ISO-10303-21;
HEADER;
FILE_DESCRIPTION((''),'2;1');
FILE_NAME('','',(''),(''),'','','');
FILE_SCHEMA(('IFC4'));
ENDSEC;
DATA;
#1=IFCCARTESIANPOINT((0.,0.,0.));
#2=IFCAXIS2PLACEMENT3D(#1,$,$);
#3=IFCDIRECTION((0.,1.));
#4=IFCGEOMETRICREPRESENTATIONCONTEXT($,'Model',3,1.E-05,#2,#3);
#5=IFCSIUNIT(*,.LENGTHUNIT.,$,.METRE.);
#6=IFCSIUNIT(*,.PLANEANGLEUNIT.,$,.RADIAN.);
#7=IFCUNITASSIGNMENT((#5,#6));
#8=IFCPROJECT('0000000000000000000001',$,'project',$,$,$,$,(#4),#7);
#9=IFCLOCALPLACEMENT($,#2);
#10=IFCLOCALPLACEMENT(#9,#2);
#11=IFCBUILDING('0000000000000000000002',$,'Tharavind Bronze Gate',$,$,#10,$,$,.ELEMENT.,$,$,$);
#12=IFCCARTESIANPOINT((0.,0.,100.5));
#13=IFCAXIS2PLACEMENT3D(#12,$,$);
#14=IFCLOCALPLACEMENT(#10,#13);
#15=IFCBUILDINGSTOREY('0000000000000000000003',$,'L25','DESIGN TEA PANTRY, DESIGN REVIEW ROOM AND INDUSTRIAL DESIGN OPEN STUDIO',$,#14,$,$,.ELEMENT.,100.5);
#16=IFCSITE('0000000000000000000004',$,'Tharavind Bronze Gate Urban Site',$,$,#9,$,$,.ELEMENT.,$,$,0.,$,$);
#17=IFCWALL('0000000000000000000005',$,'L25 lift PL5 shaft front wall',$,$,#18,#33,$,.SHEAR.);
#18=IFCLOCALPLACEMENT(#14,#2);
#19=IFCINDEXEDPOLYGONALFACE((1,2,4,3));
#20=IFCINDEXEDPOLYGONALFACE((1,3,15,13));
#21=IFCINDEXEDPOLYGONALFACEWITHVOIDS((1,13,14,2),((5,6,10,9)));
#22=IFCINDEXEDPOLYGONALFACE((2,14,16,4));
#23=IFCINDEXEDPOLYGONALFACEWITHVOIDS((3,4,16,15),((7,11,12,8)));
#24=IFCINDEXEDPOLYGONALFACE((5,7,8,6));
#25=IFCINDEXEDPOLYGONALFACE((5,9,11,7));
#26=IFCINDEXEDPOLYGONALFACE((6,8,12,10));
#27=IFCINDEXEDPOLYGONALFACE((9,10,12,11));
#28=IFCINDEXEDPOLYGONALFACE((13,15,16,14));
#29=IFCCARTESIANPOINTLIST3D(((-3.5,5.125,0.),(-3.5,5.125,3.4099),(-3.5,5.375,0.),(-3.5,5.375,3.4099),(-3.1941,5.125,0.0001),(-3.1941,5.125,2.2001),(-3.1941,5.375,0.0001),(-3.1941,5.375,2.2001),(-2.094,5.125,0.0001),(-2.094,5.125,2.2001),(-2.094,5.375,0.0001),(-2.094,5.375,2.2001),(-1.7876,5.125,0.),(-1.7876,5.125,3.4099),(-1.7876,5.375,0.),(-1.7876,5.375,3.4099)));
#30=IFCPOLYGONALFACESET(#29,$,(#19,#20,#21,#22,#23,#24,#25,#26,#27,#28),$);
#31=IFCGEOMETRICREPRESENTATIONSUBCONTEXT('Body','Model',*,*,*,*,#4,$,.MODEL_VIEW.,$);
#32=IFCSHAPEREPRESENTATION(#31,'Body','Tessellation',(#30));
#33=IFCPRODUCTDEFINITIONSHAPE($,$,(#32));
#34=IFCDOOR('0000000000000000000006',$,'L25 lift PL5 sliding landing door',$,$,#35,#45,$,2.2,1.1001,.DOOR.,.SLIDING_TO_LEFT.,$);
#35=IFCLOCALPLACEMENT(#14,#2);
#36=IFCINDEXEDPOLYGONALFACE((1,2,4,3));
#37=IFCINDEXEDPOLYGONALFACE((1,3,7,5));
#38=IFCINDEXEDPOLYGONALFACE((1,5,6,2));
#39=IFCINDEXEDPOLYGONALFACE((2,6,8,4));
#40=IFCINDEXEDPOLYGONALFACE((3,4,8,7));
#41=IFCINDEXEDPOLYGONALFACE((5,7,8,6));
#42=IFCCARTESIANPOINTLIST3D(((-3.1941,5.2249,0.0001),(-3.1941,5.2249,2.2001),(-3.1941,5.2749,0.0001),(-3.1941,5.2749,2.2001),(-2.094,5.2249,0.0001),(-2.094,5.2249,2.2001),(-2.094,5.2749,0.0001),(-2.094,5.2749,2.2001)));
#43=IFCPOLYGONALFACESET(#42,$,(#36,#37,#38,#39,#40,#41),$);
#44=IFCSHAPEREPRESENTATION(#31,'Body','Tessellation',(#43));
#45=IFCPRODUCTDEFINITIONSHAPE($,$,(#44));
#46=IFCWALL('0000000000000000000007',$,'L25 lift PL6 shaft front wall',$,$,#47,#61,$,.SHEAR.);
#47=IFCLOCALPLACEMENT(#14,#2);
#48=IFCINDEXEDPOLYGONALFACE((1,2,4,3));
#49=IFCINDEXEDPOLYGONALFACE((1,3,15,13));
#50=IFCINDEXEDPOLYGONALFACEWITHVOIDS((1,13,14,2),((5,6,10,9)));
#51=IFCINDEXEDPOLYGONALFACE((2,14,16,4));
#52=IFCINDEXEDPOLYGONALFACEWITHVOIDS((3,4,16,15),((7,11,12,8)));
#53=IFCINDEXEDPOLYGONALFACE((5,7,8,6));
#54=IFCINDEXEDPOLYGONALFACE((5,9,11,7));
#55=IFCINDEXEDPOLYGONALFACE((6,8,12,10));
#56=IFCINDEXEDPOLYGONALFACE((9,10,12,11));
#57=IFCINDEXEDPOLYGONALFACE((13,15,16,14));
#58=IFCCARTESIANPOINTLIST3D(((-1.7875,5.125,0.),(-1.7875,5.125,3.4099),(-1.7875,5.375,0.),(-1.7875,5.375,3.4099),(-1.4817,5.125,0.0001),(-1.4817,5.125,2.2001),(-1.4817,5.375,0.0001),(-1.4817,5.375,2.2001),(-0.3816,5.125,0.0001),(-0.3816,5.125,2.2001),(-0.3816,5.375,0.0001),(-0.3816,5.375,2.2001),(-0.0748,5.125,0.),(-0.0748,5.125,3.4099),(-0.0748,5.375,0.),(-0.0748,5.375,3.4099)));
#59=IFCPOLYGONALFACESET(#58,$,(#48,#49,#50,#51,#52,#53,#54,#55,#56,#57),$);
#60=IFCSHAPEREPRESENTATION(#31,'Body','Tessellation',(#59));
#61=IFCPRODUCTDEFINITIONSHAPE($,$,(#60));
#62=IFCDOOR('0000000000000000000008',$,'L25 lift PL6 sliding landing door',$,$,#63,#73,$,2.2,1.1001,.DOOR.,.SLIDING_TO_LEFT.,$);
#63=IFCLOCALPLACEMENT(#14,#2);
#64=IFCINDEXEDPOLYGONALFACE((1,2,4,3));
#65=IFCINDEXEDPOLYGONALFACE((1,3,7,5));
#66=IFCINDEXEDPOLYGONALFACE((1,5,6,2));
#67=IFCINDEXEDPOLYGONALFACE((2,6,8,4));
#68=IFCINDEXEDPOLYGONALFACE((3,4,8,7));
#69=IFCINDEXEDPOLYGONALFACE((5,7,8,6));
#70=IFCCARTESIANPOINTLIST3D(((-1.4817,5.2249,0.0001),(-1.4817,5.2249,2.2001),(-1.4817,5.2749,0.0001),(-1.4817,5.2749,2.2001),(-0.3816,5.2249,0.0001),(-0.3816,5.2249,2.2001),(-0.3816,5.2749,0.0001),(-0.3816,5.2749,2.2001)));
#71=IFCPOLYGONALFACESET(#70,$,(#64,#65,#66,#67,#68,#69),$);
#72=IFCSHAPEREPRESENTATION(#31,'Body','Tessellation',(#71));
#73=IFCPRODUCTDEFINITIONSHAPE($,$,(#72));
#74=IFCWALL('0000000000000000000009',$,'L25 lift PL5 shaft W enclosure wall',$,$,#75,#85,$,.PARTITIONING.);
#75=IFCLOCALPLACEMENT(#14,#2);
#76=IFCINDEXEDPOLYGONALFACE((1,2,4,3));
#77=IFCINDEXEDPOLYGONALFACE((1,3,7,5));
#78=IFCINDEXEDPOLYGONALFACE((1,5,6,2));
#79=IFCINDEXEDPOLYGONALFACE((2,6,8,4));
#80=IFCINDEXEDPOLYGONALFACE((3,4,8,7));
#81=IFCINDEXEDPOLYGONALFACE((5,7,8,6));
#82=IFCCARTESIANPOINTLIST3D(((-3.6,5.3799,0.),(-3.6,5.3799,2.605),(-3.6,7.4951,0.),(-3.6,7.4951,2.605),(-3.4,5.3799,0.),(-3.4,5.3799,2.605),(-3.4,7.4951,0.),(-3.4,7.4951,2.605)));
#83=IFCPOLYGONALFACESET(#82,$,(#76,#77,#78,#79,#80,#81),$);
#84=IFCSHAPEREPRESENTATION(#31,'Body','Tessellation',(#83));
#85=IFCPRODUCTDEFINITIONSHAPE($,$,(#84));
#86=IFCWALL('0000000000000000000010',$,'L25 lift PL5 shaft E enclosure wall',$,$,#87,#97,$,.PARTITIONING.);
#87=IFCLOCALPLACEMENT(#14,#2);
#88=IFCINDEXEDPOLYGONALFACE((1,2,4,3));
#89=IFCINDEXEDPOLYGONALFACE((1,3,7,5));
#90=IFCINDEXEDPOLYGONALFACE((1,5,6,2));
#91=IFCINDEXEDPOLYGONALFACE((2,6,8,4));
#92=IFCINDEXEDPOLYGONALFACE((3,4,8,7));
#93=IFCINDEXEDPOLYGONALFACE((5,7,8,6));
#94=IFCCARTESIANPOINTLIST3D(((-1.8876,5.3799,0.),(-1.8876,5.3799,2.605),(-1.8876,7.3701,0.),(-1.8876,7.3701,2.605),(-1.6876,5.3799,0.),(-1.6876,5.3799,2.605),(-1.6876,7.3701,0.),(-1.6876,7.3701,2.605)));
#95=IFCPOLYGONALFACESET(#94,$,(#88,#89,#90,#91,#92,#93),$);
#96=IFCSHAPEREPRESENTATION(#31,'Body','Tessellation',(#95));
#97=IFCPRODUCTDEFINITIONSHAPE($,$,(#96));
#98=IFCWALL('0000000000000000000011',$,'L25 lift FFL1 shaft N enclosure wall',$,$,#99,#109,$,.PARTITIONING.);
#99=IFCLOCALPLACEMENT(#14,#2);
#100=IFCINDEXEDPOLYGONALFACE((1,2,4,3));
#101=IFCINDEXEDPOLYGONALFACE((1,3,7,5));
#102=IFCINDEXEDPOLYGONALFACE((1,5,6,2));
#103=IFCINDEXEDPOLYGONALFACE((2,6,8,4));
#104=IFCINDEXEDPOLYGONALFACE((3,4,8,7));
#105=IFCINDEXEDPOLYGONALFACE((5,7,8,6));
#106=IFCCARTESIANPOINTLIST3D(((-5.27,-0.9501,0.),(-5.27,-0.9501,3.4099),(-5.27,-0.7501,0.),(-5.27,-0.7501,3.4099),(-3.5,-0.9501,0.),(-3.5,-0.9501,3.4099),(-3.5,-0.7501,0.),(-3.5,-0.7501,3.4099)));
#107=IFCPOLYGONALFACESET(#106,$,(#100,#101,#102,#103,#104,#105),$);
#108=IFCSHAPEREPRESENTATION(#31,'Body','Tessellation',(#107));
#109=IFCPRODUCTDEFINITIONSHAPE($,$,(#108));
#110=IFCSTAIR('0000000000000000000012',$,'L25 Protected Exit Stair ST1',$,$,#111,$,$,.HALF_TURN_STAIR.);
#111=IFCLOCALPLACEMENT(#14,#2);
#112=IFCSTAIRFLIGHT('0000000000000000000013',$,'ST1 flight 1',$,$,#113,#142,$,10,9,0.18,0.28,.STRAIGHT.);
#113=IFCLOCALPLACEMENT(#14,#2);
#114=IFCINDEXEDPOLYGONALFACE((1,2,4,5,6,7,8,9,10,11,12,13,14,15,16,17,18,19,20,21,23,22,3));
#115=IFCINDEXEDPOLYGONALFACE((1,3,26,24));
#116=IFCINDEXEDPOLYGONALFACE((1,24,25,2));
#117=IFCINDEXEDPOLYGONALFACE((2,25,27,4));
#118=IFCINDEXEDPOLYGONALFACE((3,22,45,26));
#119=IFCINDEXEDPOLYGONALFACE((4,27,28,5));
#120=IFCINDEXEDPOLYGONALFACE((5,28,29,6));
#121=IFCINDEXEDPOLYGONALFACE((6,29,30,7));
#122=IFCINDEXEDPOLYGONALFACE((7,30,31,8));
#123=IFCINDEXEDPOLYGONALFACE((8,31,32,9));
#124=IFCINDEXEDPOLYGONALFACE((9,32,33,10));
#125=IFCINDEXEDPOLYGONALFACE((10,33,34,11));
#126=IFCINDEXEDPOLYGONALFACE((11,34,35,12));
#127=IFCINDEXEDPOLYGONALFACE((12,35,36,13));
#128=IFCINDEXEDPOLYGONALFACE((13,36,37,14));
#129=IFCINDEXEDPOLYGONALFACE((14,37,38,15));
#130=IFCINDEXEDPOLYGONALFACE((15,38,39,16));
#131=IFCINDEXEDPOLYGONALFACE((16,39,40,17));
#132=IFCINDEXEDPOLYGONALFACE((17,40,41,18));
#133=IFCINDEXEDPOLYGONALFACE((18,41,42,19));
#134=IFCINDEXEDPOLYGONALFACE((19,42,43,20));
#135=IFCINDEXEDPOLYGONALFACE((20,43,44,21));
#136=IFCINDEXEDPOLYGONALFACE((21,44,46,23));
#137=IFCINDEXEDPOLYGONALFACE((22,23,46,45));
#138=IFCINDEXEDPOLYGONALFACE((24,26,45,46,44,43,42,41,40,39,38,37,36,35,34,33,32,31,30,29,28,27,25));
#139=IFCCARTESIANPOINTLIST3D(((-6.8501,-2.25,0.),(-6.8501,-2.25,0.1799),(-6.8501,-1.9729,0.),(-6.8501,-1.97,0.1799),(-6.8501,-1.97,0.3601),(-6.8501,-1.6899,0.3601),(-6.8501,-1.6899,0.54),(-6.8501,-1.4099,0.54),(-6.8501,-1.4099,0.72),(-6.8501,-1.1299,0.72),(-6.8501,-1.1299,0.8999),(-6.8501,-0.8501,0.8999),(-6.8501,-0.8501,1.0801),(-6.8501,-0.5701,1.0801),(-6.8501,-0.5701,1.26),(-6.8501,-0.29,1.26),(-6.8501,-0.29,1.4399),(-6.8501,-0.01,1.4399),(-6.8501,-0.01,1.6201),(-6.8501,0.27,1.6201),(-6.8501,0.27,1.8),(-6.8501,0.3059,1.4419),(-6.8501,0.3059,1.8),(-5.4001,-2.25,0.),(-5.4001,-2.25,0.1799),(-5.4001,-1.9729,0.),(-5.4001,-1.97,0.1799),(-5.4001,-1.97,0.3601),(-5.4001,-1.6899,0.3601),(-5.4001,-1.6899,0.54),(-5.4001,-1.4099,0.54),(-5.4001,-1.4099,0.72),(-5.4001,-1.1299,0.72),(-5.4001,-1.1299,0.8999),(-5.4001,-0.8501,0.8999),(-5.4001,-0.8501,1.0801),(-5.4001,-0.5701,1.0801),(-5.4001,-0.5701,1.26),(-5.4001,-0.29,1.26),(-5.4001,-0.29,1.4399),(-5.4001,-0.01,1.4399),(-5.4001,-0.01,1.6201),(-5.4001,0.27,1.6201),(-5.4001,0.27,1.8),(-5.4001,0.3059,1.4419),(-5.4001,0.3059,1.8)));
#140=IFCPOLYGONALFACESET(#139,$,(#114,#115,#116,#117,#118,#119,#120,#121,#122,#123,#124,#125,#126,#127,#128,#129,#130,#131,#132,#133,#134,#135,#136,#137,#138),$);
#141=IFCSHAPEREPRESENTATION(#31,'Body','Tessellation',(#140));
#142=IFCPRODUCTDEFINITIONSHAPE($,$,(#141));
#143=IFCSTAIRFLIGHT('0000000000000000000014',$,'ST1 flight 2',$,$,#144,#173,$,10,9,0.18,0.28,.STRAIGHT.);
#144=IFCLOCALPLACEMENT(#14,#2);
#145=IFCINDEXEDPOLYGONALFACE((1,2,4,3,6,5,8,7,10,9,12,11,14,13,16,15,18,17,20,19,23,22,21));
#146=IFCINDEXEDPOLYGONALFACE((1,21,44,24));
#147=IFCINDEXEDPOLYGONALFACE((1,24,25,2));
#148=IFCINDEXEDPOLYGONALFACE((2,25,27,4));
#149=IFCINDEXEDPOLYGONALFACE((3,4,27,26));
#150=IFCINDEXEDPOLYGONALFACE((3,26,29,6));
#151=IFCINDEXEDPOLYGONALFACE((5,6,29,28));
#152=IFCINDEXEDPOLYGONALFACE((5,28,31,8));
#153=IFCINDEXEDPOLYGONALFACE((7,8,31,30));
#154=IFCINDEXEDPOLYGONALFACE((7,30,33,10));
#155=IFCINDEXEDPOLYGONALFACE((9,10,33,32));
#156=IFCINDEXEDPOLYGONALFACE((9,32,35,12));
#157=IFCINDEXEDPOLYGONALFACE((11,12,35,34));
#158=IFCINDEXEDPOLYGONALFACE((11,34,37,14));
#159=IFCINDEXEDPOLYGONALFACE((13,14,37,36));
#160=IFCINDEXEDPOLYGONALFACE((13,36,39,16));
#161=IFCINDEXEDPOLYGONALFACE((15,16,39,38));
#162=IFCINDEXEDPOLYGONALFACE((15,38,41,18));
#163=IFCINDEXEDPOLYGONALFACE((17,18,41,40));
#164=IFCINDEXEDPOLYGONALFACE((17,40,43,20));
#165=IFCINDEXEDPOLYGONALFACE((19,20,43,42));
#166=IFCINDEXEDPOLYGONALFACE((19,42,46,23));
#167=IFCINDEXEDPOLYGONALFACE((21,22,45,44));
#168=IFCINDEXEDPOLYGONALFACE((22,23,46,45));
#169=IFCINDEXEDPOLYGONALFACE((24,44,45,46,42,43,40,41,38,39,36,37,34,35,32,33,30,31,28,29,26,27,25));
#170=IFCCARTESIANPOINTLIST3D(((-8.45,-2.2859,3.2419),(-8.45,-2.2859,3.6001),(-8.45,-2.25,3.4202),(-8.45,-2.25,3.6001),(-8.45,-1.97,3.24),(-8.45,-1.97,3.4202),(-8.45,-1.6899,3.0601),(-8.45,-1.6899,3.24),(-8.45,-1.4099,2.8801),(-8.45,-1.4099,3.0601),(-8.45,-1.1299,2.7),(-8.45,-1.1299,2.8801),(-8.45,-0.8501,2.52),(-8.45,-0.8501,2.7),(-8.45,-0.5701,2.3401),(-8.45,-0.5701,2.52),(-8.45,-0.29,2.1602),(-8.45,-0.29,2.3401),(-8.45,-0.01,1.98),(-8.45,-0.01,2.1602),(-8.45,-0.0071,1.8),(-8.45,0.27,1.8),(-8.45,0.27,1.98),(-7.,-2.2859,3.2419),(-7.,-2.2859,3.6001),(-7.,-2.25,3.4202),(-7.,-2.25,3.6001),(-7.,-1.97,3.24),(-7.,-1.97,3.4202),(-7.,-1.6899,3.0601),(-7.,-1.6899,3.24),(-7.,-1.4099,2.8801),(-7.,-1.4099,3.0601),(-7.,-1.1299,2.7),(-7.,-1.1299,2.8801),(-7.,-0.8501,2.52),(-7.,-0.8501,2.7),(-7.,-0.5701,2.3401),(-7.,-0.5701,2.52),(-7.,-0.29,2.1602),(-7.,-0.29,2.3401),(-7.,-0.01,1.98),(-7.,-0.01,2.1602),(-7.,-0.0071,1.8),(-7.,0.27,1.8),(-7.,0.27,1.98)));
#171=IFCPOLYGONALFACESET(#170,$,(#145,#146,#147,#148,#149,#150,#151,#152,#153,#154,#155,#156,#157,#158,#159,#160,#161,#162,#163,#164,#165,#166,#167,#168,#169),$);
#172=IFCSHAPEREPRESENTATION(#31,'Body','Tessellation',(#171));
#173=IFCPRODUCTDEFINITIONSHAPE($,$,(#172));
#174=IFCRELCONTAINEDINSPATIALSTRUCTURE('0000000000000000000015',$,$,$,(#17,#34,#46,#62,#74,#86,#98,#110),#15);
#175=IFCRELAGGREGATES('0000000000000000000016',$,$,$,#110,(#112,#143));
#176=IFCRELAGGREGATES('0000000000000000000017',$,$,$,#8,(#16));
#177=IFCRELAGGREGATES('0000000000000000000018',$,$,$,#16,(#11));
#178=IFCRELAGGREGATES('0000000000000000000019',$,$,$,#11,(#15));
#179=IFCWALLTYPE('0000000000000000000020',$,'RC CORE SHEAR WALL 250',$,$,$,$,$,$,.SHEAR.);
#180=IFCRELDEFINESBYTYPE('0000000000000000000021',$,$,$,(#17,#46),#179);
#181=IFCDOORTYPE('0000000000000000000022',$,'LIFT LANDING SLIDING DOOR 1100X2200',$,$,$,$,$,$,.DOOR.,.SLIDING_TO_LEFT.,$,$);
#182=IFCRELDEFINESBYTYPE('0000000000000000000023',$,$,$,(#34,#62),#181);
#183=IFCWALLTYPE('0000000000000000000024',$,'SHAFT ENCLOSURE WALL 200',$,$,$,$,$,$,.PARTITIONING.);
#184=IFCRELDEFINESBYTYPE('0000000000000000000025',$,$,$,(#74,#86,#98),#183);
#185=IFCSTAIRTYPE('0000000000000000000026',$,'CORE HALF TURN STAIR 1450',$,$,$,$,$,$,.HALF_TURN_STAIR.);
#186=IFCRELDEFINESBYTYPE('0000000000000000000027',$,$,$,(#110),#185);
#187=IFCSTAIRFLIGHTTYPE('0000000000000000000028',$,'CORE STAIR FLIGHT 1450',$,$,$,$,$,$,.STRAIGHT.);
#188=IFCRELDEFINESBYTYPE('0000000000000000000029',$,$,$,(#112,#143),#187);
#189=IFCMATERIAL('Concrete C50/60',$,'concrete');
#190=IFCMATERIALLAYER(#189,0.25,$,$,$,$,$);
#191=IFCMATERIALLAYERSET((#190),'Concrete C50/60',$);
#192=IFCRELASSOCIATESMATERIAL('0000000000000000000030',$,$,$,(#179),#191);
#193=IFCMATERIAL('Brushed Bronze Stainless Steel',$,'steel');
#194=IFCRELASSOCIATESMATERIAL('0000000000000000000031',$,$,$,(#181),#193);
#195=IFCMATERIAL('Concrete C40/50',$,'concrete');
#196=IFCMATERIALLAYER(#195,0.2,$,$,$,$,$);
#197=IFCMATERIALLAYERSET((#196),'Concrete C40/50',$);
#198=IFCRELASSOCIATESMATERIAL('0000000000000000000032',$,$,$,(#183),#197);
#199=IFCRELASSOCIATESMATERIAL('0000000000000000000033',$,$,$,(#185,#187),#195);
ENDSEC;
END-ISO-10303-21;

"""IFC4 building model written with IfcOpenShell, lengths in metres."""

from ifc_helpers import new_model, si_unit, direction, frame, frame_2d, origin, place, context, subcontext, project, spatial, polyline, rectangle, outline, extrude, material, layer, layer_set, type_object, element, fill, aggregate, save


model = new_model("IFC4")

# Units and contexts
model_context = context("Model", 3, precision=1e-05, world=origin(), true_north=direction((0.0, 1.0)))
body_context = subcontext(model_context, "Body", "Model", "MODEL_VIEW")
ifc_project = project(units=[si_unit("LENGTHUNIT", "METRE"), si_unit("PLANEANGLEUNIT", "RADIAN")], contexts=[model_context])

# Site, building, storey
site_placement = place(None, origin())
site = spatial("IfcSite", under=ifc_project, at=site_placement, Name="Tharavind Bronze Gate Urban Site", CompositionType="ELEMENT", RefElevation=0.0)
building_placement = place(site_placement, origin())
building = spatial("IfcBuilding", under=site, at=building_placement, Name="Tharavind Bronze Gate", CompositionType="ELEMENT")
storey_placement = place(building_placement, frame((0.0, 0.0, 100.5)))
storey = spatial("IfcBuildingStorey", under=building, at=storey_placement, Name="L25", Description="DESIGN TEA PANTRY, DESIGN REVIEW ROOM AND INDUSTRIAL DESIGN OPEN STUDIO", CompositionType="ELEMENT", Elevation=100.5)

# Walls, openings, doors
ifc_material_1 = material(Name="Concrete C50/60", Category="concrete")
ifc_layer_1 = layer(ifc_material_1, 0.25)
ifc_layer_set_1 = layer_set([ifc_layer_1], Name="Concrete C50/60")
wall_type_1 = type_object("IfcWallType", Name="RC CORE SHEAR WALL 250", PredefinedType="SHEAR", material=ifc_layer_set_1)
wall_1_placement = place(storey_placement, frame((-3.5, 5.25, 0.0), z_axis=(0.0, 0.0, 1.0), x_axis=(1.0, 0.0, 0.0)))
wall_1 = element("IfcWall", 1, at=wall_1_placement, inside=storey, type_object=wall_type_1, Name="L25 lift PL5 shaft front wall", PredefinedType="SHEAR", context=body_context, shape_type="SweptSolid", body=[
    extrude(rectangle(XDim=1.7124, YDim=0.25, at=frame_2d((0.8562, 0.0))), origin(), (0.0, 0.0, 1.0), 3.4099),
])
opening_1_placement = place(wall_1_placement, frame((0.3059, 0.0, 0.0)))
opening_1 = element("IfcOpeningElement", 2, at=opening_1_placement, cuts=wall_1, PredefinedType="OPENING", context=body_context, shape_type="SweptSolid", body=[
    extrude(rectangle(XDim=1.1001, YDim=2.2, at=frame_2d((0.55, 1.1001))), frame((0.0, 0.135, 0.0), z_axis=(0.0, -1.0, 0.0), x_axis=(1.0, 0.0, 0.0)), (0.0, 0.0, 1.0), 0.27),
])
ifc_material_2 = material(Name="Brushed Bronze Stainless Steel", Category="steel")
door_type_1 = type_object("IfcDoorType", Name="LIFT LANDING SLIDING DOOR 1100X2200", OperationType="SLIDING_TO_LEFT", PredefinedType="DOOR", material=ifc_material_2)
door_1_placement = place(opening_1_placement, origin())
door_1 = element("IfcDoor", 3, at=door_1_placement, inside=storey, type_object=door_type_1, Name="L25 lift PL5 sliding landing door", OperationType="SLIDING_TO_LEFT", OverallHeight=2.2, OverallWidth=1.1001, PredefinedType="DOOR", context=body_context, shape_type="SweptSolid", body=[
    extrude(rectangle(XDim=1.1001, YDim=2.2, at=frame_2d((0.55, 1.1001))), frame((0.0, 0.0249, 0.0), z_axis=(0.0, -1.0, 0.0), x_axis=(1.0, 0.0, 0.0)), (0.0, 0.0, 1.0), 0.05),
])
fill(opening_1, door_1)
wall_2_placement = place(storey_placement, frame((-1.7876, 5.25, 0.0), z_axis=(0.0, 0.0, 1.0), x_axis=(1.0, 0.0, 0.0)))
wall_2 = element("IfcWall", 4, at=wall_2_placement, inside=storey, type_object=wall_type_1, Name="L25 lift PL6 shaft front wall", PredefinedType="SHEAR", context=body_context, shape_type="SweptSolid", body=[
    extrude(rectangle(XDim=1.7126, YDim=0.25, at=frame_2d((0.8564, 0.0))), origin(), (0.0, 0.0, 1.0), 3.4099),
])
opening_2_placement = place(wall_2_placement, frame((0.3059, 0.0, 0.0)))
opening_2 = element("IfcOpeningElement", 5, at=opening_2_placement, cuts=wall_2, PredefinedType="OPENING", context=body_context, shape_type="SweptSolid", body=[
    extrude(rectangle(XDim=1.1001, YDim=2.2, at=frame_2d((0.55, 1.1001))), frame((0.0, 0.135, 0.0), z_axis=(0.0, -1.0, 0.0), x_axis=(1.0, 0.0, 0.0)), (0.0, 0.0, 1.0), 0.27),
])
door_2_placement = place(opening_2_placement, origin())
door_2 = element("IfcDoor", 6, at=door_2_placement, inside=storey, type_object=door_type_1, Name="L25 lift PL6 sliding landing door", OperationType="SLIDING_TO_LEFT", OverallHeight=2.2, OverallWidth=1.1001, PredefinedType="DOOR", context=body_context, shape_type="SweptSolid", body=[
    extrude(rectangle(XDim=1.1001, YDim=2.2, at=frame_2d((0.55, 1.1001))), frame((0.0, 0.0249, 0.0), z_axis=(0.0, -1.0, 0.0), x_axis=(1.0, 0.0, 0.0)), (0.0, 0.0, 1.0), 0.05),
])
fill(opening_2, door_2)

# Walls
ifc_material_3 = material(Name="Concrete C40/50", Category="concrete")
ifc_layer_2 = layer(ifc_material_3, 0.2)
ifc_layer_set_2 = layer_set([ifc_layer_2], Name="Concrete C40/50")
wall_type_2 = type_object("IfcWallType", Name="SHAFT ENCLOSURE WALL 200", PredefinedType="PARTITIONING", material=ifc_layer_set_2)
wall_3_placement = place(storey_placement, frame((-3.5, 5.3799, 0.0), z_axis=(0.0, 0.0, 1.0), x_axis=(0.0, 1.0, 0.0)))
element("IfcWall", 7, at=wall_3_placement, inside=storey, type_object=wall_type_2, Name="L25 lift PL5 shaft W enclosure wall", PredefinedType="PARTITIONING", context=body_context, shape_type="SweptSolid", body=[
    extrude(rectangle(XDim=2.1152, YDim=0.2, at=frame_2d((1.0576, 0.0))), origin(), (0.0, 0.0, 1.0), 2.605),
])
wall_4_placement = place(storey_placement, frame((-1.7876, 5.3799, 0.0), z_axis=(0.0, 0.0, 1.0), x_axis=(0.0, 1.0, 0.0)))
element("IfcWall", 8, at=wall_4_placement, inside=storey, type_object=wall_type_2, Name="L25 lift PL5 shaft E enclosure wall", PredefinedType="PARTITIONING", context=body_context, shape_type="SweptSolid", body=[
    extrude(rectangle(XDim=1.9902, YDim=0.2, at=frame_2d((0.9951, 0.0))), origin(), (0.0, 0.0, 1.0), 2.605),
])
wall_5_placement = place(storey_placement, frame((-5.27, -0.8501, 0.0), z_axis=(0.0, 0.0, 1.0), x_axis=(1.0, 0.0, 0.0)))
element("IfcWall", 9, at=wall_5_placement, inside=storey, type_object=wall_type_2, Name="L25 lift FFL1 shaft N enclosure wall", PredefinedType="PARTITIONING", context=body_context, shape_type="SweptSolid", body=[
    extrude(rectangle(XDim=1.77, YDim=0.2, at=frame_2d((0.885, 0.0))), origin(), (0.0, 0.0, 1.0), 3.4099),
])

# Stair, stair flights
stair_type = type_object("IfcStairType", Name="CORE HALF TURN STAIR 1450", PredefinedType="HALF_TURN_STAIR", material=ifc_material_3)
stair_placement = place(storey_placement, origin())
stair = element("IfcStair", 10, at=stair_placement, inside=storey, type_object=stair_type, Name="L25 Protected Exit Stair ST1", PredefinedType="HALF_TURN_STAIR")
stair_flight_type = type_object("IfcStairFlightType", Name="CORE STAIR FLIGHT 1450", PredefinedType="STRAIGHT", material=ifc_material_3)
stair_flight_1_placement = place(storey_placement, frame((-6.125, -2.25, 0.0), z_axis=(0.0, 0.0, 1.0), x_axis=(0.0, 1.0, 0.0)))
stair_flight_1 = element("IfcStairFlight", 11, at=stair_flight_1_placement, type_object=stair_flight_type, Name="ST1 flight 1", NumberOfRisers=10, NumberOfTreads=9, PredefinedType="STRAIGHT", RiserHeight=0.18, TreadLength=0.28, context=body_context, shape_type="SweptSolid", body=[
    extrude(outline(polyline([(0.0, 0.0), (0.0, 0.1799), (0.28, 0.1799), (0.28, 0.3601), (0.5601, 0.3601), (0.5601, 0.54), (0.8401, 0.54), (0.8401, 0.72), (1.1201, 0.72), (1.1201, 0.8999), (1.3999, 0.8999), (1.3999, 1.0801), (1.6799, 1.0801), (1.6799, 1.26), (1.96, 1.26), (1.96, 1.4399), (2.24, 1.4399), (2.24, 1.6201), (2.52, 1.6201), (2.52, 1.8), (2.5559, 1.8), (2.5559, 1.4419), (0.2771, 0.0), (0.0, 0.0)])), frame((0.0, 0.7251, 0.0), z_axis=(0.0, -1.0, 0.0), x_axis=(1.0, 0.0, 0.0)), (0.0, 0.0, 1.0), 1.45),
])
stair_flight_2_placement = place(storey_placement, frame((-7.7251, 0.27, 1.8), z_axis=(0.0, 0.0, 1.0), x_axis=(0.0, -1.0, 0.0)))
stair_flight_2 = element("IfcStairFlight", 12, at=stair_flight_2_placement, type_object=stair_flight_type, Name="ST1 flight 2", NumberOfRisers=10, NumberOfTreads=9, PredefinedType="STRAIGHT", RiserHeight=0.18, TreadLength=0.28, context=body_context, shape_type="SweptSolid", body=[
    extrude(outline(polyline([(0.0, 0.0), (0.0, 0.1799), (0.28, 0.1799), (0.28, 0.3601), (0.5601, 0.3601), (0.5601, 0.54), (0.8401, 0.54), (0.8401, 0.72), (1.1201, 0.72), (1.1201, 0.8999), (1.3999, 0.8999), (1.3999, 1.0801), (1.6799, 1.0801), (1.6799, 1.26), (1.96, 1.26), (1.96, 1.4399), (2.24, 1.4399), (2.24, 1.6201), (2.52, 1.6201), (2.52, 1.8), (2.5559, 1.8), (2.5559, 1.4419), (0.2771, 0.0), (0.0, 0.0)])), frame((0.0, 0.7251, 0.0), z_axis=(0.0, -1.0, 0.0), x_axis=(1.0, 0.0, 0.0)), (0.0, 0.0, 1.0), 1.45),
])
aggregate(stair, [stair_flight_1, stair_flight_2])

save(model, "model.ifc")
